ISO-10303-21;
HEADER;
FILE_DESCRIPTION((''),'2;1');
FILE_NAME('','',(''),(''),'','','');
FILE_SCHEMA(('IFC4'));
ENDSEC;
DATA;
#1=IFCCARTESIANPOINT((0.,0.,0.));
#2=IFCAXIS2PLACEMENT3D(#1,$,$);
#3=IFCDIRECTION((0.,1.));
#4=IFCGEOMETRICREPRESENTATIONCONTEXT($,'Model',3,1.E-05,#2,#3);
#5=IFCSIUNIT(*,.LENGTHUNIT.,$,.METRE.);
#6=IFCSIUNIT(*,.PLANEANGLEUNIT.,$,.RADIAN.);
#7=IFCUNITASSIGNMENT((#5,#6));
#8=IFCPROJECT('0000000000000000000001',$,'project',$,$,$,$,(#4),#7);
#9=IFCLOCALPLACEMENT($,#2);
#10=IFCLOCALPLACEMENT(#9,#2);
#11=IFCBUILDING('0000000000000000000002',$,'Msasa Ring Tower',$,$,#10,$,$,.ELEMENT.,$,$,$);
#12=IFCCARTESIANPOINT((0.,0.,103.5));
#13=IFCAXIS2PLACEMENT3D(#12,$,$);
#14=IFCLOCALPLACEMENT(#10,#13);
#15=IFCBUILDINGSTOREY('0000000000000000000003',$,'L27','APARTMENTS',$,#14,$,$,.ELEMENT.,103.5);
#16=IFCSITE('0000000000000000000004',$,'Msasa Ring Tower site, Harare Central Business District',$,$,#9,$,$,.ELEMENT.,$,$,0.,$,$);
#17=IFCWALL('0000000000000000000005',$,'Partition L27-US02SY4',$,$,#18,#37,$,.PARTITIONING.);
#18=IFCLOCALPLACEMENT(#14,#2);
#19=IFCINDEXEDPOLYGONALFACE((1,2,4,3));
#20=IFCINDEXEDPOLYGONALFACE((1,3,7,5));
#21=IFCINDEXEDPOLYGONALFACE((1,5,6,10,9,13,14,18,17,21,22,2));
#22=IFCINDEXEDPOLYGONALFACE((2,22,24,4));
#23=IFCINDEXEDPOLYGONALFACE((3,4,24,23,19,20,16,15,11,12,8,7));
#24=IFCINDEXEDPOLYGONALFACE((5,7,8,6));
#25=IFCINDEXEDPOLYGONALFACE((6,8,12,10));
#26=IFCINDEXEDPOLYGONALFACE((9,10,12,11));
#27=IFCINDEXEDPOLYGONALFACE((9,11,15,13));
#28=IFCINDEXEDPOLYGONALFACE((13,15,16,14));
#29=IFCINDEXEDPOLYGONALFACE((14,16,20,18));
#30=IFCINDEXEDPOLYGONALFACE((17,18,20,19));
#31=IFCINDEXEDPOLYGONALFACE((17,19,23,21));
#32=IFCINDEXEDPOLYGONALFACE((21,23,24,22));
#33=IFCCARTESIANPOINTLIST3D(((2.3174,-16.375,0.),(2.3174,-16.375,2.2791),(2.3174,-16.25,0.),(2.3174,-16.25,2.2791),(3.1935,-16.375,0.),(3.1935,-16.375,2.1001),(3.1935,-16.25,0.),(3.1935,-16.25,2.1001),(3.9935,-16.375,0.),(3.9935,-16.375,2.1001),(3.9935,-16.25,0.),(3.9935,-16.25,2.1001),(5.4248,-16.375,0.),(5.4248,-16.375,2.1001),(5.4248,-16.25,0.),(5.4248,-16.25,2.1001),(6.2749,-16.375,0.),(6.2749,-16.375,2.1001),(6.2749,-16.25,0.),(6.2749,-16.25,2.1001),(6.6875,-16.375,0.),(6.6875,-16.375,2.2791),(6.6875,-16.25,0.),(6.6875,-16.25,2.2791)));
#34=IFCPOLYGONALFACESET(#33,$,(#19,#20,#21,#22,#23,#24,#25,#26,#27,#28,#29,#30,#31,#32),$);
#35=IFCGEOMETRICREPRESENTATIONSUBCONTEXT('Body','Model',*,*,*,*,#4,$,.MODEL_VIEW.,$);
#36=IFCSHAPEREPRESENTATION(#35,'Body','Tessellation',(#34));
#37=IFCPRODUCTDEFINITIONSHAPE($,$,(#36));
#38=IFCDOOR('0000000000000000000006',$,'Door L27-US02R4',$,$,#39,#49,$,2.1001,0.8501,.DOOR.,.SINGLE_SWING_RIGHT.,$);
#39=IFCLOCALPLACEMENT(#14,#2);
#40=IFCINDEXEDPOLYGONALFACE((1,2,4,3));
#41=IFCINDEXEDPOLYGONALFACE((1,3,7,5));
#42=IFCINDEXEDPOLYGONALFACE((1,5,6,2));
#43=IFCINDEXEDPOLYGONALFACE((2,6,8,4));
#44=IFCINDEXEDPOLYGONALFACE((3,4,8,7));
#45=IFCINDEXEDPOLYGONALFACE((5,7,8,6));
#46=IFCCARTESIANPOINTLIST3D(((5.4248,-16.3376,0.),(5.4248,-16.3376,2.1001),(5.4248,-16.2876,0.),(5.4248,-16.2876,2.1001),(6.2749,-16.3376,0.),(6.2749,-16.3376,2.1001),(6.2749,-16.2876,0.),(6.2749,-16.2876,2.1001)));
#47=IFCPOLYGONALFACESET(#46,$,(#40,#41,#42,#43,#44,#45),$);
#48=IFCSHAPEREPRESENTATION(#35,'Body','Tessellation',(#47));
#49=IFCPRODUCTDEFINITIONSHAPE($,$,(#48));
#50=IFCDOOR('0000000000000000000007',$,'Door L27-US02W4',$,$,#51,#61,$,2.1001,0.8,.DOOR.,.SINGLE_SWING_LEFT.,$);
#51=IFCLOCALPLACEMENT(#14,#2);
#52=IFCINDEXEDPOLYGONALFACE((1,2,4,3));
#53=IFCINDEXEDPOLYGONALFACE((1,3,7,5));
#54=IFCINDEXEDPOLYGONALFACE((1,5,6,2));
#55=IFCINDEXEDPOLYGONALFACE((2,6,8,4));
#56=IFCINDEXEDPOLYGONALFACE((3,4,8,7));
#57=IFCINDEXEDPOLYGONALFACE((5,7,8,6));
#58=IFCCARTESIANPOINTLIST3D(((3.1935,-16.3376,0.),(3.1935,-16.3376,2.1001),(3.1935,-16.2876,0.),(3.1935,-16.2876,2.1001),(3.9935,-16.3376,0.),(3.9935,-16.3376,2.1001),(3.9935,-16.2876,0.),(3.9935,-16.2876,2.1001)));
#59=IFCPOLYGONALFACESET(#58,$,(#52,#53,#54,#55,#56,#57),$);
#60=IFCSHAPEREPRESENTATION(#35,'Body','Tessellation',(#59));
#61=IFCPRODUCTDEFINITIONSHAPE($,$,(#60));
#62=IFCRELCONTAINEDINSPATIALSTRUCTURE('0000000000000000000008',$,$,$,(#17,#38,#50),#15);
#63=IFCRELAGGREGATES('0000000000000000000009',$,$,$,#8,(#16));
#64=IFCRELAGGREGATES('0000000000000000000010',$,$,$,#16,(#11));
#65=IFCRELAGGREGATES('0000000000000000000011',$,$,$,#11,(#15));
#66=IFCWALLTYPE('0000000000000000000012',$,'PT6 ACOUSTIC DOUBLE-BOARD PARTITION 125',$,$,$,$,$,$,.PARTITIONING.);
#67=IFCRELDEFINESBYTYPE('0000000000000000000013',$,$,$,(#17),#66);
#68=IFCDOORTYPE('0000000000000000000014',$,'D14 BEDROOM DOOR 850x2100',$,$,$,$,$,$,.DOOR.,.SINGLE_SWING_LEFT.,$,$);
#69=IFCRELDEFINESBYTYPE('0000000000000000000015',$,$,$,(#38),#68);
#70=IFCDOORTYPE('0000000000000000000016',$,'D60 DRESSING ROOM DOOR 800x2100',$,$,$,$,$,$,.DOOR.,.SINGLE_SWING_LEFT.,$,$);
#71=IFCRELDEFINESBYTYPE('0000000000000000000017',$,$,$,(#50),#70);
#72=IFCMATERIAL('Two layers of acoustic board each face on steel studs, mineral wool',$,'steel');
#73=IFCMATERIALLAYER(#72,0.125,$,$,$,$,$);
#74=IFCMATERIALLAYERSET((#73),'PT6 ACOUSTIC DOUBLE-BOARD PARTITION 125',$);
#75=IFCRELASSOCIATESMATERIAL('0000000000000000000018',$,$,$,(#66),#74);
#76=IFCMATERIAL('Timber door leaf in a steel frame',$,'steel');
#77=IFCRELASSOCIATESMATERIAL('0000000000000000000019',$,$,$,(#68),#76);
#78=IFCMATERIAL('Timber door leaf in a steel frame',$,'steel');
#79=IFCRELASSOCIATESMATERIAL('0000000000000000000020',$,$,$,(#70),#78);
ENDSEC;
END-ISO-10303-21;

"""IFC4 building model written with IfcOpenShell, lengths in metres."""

from ifc_helpers import new_model, si_unit, direction, frame, frame_2d, origin, place, context, subcontext, project, spatial, rectangle, extrude, material, layer, layer_set, type_object, element, fill, save


model = new_model("IFC4")

# Units and contexts
model_context = context("Model", 3, precision=1e-05, world=origin(), true_north=direction((0.0, 1.0)))
body_context = subcontext(model_context, "Body", "Model", "MODEL_VIEW")
ifc_project = project(units=[si_unit("LENGTHUNIT", "METRE"), si_unit("PLANEANGLEUNIT", "RADIAN")], contexts=[model_context])

# Site, building, storey
site_placement = place(None, origin())
site = spatial("IfcSite", under=ifc_project, at=site_placement, Name="Msasa Ring Tower site, Harare Central Business District", CompositionType="ELEMENT", RefElevation=0.0)
building_placement = place(site_placement, origin())
building = spatial("IfcBuilding", under=site, at=building_placement, Name="Msasa Ring Tower", CompositionType="ELEMENT")
storey_placement = place(building_placement, frame((0.0, 0.0, 103.5)))
storey = spatial("IfcBuildingStorey", under=building, at=storey_placement, Name="L27", Description="APARTMENTS", CompositionType="ELEMENT", Elevation=103.5)

# Shared definitions
ifc_material_1 = material(Name="Two layers of acoustic board each face on steel studs, mineral wool", Category="steel")
ifc_layer_1 = layer(ifc_material_1, 0.125)
ifc_layer_set_1 = layer_set([ifc_layer_1], Name="PT6 ACOUSTIC DOUBLE-BOARD PARTITION 125")
wall_type_1 = type_object("IfcWallType", Name="PT6 ACOUSTIC DOUBLE-BOARD PARTITION 125", PredefinedType="PARTITIONING", material=ifc_layer_set_1)

# Shared definitions
ifc_material_2 = material(Name="Timber door leaf in a steel frame", Category="steel")
door_type_1 = type_object("IfcDoorType", Name="D14 BEDROOM DOOR 850x2100", OperationType="SINGLE_SWING_LEFT", PredefinedType="DOOR", material=ifc_material_2)
ifc_material_3 = material(Name="Timber door leaf in a steel frame", Category="steel")
door_type_2 = type_object("IfcDoorType", Name="D60 DRESSING ROOM DOOR 800x2100", OperationType="SINGLE_SWING_LEFT", PredefinedType="DOOR", material=ifc_material_3)

# Wall, openings, doors
wall_1_placement = place(storey_placement, frame((2.3174, -16.3125, 0.0), z_axis=(0.0, 0.0, 1.0), x_axis=(1.0, 0.0, 0.0)))
wall_1 = element("IfcWall", 1, at=wall_1_placement, inside=storey, type_object=wall_type_1, Name="Partition L27-US02SY4", PredefinedType="PARTITIONING", context=body_context, shape_type="SweptSolid", body=[
    extrude(rectangle(XDim=4.3701, YDim=0.125, at=frame_2d((2.1851, 0.0))), origin(), (0.0, 0.0, 1.0), 2.2791),
])
opening_1_placement = place(wall_1_placement, frame((3.1074, 0.0, 0.0)))
opening_1 = element("IfcOpeningElement", 2, at=opening_1_placement, cuts=wall_1, PredefinedType="OPENING", context=body_context, shape_type="SweptSolid", body=[
    extrude(rectangle(XDim=0.8501, YDim=2.1001, at=frame_2d((0.425, 1.05))), frame((0.0, 0.0725, 0.0), z_axis=(0.0, -1.0, 0.0), x_axis=(1.0, 0.0, 0.0)), (0.0, 0.0, 1.0), 0.145),
])
opening_2_placement = place(wall_1_placement, frame((0.8762, 0.0, 0.0)))
opening_2 = element("IfcOpeningElement", 3, at=opening_2_placement, cuts=wall_1, PredefinedType="OPENING", context=body_context, shape_type="SweptSolid", body=[
    extrude(rectangle(XDim=0.8, YDim=2.1001, at=frame_2d((0.3999, 1.05))), frame((0.0, 0.0725, 0.0), z_axis=(0.0, -1.0, 0.0), x_axis=(1.0, 0.0, 0.0)), (0.0, 0.0, 1.0), 0.145),
])
door_1_placement = place(opening_1_placement, origin())
door_1 = element("IfcDoor", 4, at=door_1_placement, inside=storey, type_object=door_type_1, Name="Door L27-US02R4", OperationType="SINGLE_SWING_RIGHT", OverallHeight=2.1001, OverallWidth=0.8501, PredefinedType="DOOR", context=body_context, shape_type="SweptSolid", body=[
    extrude(rectangle(XDim=0.8501, YDim=2.1001, at=frame_2d((0.425, 1.05))), frame((0.0, 0.0249, 0.0), z_axis=(0.0, -1.0, 0.0), x_axis=(1.0, 0.0, 0.0)), (0.0, 0.0, 1.0), 0.05),
])
fill(opening_1, door_1)
door_2_placement = place(opening_2_placement, origin())
door_2 = element("IfcDoor", 5, at=door_2_placement, inside=storey, type_object=door_type_2, Name="Door L27-US02W4", OperationType="SINGLE_SWING_LEFT", OverallHeight=2.1001, OverallWidth=0.8, PredefinedType="DOOR", context=body_context, shape_type="SweptSolid", body=[
    extrude(rectangle(XDim=0.8, YDim=2.1001, at=frame_2d((0.3999, 1.05))), frame((0.0, 0.0249, 0.0), z_axis=(0.0, -1.0, 0.0), x_axis=(1.0, 0.0, 0.0)), (0.0, 0.0, 1.0), 0.05),
])
fill(opening_2, door_2)

save(model, "model.ifc")
